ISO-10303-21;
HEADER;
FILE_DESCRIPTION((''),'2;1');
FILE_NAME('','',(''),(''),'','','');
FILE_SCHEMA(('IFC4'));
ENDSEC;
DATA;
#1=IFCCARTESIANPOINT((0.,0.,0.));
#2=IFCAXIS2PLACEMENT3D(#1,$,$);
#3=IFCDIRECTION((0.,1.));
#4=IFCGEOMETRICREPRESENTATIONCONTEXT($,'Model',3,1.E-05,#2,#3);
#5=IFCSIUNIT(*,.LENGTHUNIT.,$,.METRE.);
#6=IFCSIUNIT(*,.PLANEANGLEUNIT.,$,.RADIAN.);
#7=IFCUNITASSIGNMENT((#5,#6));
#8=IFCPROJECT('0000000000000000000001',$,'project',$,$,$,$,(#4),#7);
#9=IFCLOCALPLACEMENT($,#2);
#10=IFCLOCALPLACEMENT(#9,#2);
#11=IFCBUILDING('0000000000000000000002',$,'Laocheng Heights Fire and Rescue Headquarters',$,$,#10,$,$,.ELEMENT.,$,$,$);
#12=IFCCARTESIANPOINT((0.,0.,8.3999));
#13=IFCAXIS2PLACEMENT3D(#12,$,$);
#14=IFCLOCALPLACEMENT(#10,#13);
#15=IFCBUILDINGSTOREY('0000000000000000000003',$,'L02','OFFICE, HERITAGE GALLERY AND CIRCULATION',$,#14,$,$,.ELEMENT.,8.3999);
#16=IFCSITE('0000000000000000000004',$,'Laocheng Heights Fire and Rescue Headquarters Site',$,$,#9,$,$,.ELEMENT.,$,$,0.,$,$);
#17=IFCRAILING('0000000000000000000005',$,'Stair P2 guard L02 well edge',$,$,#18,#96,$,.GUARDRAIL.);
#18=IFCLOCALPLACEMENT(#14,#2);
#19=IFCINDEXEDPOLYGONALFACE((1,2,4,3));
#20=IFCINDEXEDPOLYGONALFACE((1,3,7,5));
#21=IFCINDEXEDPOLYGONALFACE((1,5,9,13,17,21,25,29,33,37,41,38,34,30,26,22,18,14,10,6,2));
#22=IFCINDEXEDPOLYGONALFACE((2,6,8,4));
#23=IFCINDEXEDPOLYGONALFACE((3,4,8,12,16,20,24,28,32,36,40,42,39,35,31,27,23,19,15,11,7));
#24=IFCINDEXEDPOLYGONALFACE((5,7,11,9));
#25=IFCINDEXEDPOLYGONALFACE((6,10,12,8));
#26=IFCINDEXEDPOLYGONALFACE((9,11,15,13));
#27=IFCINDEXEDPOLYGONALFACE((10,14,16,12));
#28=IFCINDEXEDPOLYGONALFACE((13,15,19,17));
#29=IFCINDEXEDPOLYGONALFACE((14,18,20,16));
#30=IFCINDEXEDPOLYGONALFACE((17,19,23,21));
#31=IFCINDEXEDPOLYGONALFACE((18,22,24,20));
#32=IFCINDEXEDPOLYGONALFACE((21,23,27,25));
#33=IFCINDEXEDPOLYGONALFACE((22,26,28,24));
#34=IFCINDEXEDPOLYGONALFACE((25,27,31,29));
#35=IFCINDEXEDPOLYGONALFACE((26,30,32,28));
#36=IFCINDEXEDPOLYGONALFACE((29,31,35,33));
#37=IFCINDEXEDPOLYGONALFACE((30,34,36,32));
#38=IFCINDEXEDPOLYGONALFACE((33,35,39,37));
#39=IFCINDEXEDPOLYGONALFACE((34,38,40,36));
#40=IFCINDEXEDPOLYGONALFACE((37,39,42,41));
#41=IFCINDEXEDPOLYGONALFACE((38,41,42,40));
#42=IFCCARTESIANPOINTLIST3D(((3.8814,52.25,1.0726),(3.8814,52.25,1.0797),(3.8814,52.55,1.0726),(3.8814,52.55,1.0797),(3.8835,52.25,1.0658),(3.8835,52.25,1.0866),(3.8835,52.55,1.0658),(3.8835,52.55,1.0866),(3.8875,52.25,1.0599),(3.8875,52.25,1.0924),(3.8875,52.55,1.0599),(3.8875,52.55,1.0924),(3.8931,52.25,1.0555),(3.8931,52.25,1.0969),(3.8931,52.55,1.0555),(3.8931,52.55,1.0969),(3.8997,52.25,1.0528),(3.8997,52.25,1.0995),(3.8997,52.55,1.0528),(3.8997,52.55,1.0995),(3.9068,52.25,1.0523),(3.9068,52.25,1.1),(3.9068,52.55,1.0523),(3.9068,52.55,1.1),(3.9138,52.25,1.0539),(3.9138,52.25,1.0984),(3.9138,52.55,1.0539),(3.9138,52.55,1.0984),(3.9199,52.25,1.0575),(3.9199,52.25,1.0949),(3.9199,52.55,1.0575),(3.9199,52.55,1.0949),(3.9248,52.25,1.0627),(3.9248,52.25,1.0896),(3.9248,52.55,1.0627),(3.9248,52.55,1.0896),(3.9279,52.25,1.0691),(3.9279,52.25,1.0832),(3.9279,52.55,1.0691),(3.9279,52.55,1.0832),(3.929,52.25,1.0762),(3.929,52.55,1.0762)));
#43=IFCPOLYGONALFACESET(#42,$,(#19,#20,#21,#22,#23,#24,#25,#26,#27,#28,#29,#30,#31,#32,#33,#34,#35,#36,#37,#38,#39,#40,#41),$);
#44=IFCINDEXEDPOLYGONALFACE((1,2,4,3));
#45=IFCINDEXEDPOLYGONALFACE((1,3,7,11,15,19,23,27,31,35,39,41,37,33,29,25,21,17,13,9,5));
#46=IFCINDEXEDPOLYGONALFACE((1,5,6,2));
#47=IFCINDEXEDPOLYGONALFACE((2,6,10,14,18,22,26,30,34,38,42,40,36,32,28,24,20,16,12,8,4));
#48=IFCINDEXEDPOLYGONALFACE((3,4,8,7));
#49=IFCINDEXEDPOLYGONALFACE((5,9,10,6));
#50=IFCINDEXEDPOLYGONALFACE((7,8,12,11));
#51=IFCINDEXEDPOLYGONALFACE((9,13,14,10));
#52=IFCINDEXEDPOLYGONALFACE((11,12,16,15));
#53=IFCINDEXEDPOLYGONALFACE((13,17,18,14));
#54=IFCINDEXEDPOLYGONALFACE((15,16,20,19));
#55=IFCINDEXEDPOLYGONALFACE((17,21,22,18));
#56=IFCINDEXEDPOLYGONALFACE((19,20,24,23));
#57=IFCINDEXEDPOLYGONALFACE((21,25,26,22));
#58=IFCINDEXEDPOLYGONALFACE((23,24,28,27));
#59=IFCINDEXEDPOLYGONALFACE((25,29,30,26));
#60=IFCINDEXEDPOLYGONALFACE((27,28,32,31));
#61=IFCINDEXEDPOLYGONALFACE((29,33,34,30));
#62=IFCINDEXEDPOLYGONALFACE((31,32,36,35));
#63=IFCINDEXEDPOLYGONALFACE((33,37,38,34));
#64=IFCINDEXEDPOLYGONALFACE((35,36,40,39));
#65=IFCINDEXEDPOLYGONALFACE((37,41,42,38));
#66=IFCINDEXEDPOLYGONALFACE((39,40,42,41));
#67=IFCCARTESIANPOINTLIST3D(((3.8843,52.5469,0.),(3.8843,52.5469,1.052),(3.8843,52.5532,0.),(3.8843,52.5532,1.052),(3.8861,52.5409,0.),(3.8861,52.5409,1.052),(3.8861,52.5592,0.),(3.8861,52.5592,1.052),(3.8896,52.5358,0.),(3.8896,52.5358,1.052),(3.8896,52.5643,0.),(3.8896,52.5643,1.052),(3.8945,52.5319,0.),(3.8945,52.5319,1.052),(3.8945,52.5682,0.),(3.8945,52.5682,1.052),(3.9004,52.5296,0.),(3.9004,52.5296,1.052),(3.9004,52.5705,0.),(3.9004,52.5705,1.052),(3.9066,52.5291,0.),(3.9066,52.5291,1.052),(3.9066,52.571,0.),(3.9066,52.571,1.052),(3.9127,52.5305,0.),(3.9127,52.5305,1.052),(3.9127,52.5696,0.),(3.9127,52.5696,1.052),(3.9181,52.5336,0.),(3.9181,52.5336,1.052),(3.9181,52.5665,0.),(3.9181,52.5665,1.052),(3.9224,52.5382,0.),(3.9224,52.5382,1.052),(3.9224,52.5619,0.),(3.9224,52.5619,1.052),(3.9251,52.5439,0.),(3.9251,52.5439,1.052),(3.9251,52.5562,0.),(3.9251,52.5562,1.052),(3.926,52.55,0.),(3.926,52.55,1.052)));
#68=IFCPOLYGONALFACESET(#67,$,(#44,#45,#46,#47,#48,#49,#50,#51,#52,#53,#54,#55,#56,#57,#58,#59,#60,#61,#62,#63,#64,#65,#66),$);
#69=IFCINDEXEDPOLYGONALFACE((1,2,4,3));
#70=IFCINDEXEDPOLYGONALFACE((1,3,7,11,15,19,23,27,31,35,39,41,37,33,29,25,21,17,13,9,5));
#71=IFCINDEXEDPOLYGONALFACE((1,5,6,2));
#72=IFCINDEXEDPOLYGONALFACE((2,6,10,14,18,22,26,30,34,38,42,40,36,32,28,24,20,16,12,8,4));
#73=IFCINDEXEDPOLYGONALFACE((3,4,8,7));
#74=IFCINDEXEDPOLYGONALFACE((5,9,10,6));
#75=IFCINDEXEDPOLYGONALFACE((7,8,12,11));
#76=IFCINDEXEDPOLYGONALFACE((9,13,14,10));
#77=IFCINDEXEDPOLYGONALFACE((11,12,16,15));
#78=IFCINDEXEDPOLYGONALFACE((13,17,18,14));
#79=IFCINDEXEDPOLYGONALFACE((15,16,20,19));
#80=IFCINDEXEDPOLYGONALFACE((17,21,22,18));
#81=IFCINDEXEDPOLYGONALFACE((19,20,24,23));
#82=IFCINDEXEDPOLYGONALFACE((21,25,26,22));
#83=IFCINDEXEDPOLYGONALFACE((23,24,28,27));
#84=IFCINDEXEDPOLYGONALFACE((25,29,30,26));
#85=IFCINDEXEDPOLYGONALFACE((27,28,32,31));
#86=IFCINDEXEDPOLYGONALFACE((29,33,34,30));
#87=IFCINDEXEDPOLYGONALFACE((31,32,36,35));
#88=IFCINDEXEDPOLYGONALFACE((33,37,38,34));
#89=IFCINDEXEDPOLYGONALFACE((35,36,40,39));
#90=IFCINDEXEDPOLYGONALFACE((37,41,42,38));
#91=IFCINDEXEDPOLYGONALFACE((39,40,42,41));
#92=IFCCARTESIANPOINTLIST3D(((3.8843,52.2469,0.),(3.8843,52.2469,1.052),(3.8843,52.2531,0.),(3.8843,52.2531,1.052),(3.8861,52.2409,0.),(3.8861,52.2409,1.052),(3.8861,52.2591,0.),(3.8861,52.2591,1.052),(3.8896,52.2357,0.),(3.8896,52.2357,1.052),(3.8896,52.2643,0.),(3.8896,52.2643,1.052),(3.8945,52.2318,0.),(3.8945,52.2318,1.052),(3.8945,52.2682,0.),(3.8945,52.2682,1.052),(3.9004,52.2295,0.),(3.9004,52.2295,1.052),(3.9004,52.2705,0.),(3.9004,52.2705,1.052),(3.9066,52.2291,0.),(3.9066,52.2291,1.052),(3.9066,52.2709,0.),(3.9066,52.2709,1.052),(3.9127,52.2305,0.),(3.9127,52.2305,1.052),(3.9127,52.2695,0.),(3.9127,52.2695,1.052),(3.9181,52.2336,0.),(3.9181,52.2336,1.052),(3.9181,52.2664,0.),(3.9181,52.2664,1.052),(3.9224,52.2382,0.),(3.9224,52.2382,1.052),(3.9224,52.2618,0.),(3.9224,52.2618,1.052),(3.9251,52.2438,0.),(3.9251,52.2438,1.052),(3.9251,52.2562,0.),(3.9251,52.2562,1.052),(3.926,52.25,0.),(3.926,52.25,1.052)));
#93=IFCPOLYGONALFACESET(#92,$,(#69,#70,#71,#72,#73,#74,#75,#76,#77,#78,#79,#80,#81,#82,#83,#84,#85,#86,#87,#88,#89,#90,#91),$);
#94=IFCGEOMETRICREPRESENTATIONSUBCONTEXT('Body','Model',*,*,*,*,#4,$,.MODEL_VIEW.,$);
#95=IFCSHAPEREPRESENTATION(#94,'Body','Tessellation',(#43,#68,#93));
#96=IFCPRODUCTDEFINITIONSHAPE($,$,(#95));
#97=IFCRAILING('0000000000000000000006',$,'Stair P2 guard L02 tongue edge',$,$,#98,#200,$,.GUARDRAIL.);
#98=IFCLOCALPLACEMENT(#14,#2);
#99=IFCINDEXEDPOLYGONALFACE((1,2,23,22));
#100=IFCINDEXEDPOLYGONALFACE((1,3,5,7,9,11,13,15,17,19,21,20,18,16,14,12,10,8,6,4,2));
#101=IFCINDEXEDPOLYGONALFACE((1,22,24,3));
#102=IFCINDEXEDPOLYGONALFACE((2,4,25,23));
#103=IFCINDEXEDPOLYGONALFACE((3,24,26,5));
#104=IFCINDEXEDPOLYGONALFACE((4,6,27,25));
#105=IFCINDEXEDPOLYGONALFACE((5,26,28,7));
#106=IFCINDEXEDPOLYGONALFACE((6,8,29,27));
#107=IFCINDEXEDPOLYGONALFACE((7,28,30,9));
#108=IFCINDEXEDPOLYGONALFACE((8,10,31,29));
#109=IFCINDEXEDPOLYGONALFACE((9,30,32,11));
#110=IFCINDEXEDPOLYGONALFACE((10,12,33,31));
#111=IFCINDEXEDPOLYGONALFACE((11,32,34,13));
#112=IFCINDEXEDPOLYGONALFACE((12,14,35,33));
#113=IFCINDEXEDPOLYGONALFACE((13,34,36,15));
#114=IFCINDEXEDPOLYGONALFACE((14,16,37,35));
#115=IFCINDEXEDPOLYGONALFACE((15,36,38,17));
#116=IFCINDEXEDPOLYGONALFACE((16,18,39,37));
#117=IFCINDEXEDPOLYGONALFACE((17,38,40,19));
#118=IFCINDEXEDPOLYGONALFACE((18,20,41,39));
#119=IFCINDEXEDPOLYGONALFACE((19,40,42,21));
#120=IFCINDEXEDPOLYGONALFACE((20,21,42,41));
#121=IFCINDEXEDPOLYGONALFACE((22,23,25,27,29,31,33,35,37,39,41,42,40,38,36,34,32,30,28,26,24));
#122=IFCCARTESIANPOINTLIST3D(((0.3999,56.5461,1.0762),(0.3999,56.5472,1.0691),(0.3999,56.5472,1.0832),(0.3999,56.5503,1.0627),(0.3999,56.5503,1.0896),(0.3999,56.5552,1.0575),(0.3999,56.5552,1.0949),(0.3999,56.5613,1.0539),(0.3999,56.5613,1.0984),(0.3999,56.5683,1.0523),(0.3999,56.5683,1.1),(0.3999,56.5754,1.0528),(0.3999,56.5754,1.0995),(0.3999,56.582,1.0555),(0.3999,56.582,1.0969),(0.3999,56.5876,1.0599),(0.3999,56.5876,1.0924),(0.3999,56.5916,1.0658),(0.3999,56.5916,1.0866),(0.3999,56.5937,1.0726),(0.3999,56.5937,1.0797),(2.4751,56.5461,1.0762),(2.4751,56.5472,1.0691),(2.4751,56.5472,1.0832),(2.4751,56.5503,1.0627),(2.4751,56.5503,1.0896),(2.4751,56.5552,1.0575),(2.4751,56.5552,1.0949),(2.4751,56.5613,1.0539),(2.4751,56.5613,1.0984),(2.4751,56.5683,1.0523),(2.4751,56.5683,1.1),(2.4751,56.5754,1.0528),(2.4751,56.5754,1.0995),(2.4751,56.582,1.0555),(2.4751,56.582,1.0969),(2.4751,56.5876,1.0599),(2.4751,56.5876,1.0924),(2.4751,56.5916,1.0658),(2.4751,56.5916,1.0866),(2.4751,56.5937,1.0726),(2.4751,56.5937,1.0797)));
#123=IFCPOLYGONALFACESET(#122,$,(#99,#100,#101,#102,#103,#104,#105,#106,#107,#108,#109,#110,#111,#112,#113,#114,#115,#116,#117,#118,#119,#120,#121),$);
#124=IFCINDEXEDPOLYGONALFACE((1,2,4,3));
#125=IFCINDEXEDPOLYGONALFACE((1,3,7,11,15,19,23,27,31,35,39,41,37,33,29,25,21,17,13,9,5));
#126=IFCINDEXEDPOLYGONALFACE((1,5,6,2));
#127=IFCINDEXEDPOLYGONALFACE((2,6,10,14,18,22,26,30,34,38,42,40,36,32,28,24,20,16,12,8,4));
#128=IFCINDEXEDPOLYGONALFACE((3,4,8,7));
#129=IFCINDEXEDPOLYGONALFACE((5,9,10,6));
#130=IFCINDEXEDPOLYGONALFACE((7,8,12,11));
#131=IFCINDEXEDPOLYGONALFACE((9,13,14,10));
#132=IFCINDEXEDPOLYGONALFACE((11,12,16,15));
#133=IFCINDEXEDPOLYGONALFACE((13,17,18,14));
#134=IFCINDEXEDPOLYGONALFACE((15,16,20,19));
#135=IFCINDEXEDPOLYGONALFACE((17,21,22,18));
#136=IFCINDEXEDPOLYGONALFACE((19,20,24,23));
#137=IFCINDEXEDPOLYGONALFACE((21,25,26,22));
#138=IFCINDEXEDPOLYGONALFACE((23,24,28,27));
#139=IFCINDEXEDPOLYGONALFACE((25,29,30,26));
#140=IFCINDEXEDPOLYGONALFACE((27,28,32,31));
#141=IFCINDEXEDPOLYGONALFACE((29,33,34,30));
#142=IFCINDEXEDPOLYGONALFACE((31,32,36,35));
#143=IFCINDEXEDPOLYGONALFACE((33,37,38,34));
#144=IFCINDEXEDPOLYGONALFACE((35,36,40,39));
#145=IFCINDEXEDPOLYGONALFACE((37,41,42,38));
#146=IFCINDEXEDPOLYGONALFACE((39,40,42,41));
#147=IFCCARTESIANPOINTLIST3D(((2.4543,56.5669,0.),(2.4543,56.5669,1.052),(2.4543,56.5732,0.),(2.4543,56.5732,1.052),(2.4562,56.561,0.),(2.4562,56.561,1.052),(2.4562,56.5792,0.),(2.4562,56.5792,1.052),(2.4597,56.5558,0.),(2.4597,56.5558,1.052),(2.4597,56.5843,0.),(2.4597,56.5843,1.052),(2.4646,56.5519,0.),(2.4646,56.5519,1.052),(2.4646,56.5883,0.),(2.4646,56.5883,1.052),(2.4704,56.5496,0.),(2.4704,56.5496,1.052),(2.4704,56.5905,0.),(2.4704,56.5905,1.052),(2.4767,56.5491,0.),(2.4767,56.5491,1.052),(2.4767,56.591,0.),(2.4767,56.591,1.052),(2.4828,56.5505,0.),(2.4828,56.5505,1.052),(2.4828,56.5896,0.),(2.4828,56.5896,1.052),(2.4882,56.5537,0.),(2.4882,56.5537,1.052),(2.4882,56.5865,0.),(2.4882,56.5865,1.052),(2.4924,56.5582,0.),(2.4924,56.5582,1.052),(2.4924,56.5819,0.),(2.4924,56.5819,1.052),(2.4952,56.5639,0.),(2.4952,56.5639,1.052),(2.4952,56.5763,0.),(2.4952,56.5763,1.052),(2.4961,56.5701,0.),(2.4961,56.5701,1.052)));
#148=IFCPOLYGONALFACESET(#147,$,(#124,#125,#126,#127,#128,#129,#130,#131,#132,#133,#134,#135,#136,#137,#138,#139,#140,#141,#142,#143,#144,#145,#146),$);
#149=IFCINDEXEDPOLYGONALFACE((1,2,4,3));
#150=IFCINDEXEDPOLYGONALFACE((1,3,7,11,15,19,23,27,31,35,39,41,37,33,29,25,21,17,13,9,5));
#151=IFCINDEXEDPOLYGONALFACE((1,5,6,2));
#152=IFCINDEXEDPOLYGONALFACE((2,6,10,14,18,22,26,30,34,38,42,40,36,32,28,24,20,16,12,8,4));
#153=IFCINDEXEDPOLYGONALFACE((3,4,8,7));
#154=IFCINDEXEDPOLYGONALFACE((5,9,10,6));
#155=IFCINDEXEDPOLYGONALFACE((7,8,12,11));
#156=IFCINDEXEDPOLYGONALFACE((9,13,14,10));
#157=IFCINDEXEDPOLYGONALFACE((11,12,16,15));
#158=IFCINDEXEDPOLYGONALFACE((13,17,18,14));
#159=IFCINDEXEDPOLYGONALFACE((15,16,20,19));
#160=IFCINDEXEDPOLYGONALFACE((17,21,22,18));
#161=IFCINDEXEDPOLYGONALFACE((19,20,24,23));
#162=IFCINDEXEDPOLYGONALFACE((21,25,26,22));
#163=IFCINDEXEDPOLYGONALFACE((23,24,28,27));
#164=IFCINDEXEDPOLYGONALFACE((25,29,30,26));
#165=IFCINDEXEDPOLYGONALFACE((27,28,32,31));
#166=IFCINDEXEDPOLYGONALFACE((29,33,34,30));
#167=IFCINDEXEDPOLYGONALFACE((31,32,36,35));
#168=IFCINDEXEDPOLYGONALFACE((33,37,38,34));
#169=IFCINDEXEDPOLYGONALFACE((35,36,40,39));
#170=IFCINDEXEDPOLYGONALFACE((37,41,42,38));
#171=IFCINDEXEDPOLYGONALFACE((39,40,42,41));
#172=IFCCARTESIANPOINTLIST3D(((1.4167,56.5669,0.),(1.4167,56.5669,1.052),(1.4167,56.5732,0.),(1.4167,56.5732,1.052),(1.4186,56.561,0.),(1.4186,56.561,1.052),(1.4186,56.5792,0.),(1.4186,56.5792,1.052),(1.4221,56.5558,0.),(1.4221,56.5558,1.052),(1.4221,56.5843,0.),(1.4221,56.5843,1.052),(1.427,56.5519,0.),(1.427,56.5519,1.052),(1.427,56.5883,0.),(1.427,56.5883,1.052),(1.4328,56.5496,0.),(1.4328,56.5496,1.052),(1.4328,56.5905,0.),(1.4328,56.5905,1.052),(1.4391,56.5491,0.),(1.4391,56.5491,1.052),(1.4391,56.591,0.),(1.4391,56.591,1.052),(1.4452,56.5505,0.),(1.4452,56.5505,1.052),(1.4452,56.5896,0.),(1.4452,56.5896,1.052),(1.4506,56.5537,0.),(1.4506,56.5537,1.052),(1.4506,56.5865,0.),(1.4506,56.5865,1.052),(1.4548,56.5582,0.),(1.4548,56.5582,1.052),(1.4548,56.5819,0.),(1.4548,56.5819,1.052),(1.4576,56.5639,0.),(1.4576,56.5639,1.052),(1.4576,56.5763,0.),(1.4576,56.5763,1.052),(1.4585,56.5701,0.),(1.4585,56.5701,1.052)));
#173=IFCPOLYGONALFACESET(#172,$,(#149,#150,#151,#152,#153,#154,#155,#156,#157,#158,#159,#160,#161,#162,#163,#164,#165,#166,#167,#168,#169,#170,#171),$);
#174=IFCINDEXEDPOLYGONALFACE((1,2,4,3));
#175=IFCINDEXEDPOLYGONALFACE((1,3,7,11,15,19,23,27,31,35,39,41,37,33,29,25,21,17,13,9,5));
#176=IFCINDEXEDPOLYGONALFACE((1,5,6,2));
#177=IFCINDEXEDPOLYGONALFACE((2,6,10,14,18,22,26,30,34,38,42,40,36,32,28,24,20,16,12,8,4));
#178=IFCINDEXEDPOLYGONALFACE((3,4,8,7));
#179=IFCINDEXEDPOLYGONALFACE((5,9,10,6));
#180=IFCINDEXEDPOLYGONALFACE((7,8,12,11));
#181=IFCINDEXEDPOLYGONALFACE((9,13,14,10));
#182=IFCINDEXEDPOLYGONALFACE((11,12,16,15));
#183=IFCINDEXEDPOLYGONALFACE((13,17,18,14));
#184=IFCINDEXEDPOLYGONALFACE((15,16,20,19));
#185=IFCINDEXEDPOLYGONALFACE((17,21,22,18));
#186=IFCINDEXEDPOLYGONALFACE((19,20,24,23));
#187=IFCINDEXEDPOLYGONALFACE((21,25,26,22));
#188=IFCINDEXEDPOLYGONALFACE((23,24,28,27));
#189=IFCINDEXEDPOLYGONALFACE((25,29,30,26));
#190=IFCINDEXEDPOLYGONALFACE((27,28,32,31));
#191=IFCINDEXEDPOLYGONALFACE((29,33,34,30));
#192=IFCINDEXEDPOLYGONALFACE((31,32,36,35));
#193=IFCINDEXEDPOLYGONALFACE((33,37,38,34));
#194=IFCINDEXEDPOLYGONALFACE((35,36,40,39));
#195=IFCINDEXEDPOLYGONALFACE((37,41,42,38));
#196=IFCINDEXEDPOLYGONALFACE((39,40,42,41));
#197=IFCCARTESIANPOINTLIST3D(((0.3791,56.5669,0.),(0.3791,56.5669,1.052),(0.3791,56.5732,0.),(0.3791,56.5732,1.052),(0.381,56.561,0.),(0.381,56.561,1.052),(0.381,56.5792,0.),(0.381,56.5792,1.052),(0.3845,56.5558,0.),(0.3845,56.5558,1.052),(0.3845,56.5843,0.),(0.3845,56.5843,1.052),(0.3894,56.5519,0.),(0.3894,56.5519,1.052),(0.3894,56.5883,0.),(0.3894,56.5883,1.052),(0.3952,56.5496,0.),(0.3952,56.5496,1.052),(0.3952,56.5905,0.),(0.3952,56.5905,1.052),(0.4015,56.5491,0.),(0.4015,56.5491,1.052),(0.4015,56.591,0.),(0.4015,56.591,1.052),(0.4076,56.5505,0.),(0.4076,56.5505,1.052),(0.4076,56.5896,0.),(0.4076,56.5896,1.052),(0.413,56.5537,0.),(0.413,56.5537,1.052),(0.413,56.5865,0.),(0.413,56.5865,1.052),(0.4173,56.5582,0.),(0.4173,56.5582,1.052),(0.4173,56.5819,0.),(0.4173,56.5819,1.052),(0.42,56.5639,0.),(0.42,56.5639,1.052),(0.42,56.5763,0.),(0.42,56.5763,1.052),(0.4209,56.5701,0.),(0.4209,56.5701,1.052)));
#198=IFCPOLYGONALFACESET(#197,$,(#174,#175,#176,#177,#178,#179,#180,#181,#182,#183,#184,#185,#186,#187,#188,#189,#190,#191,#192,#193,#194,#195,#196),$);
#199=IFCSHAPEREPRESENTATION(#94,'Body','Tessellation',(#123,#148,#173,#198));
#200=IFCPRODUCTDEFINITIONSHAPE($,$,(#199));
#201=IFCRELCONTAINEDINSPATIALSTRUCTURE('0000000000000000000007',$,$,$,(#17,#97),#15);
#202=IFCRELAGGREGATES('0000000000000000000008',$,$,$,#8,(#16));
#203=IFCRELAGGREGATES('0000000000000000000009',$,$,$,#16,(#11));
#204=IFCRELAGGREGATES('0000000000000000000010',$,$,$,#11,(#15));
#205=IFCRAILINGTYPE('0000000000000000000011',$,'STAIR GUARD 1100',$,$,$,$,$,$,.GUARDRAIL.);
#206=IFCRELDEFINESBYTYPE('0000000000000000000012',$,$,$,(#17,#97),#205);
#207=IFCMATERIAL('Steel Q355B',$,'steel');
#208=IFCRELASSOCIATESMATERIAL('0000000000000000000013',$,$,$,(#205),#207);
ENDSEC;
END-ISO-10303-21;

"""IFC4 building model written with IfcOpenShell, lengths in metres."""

from ifc_helpers import new_model, si_unit, direction, frame, origin, origin_2d, place, context, subcontext, project, spatial, circle, extrude, material, type_object, element, save


model = new_model("IFC4")

# Units and contexts
model_context = context("Model", 3, precision=1e-05, world=origin(), true_north=direction((0.0, 1.0)))
body_context = subcontext(model_context, "Body", "Model", "MODEL_VIEW")
ifc_project = project(units=[si_unit("LENGTHUNIT", "METRE"), si_unit("PLANEANGLEUNIT", "RADIAN")], contexts=[model_context])

# Site, building, storey
site_placement = place(None, origin())
site = spatial("IfcSite", under=ifc_project, at=site_placement, Name="Laocheng Heights Fire and Rescue Headquarters Site", CompositionType="ELEMENT", RefElevation=0.0)
building_placement = place(site_placement, origin())
building = spatial("IfcBuilding", under=site, at=building_placement, Name="Laocheng Heights Fire and Rescue Headquarters", CompositionType="ELEMENT")
storey_placement = place(building_placement, frame((0.0, 0.0, 8.3999)))
storey = spatial("IfcBuildingStorey", under=building, at=storey_placement, Name="L02", Description="OFFICE, HERITAGE GALLERY AND CIRCULATION", CompositionType="ELEMENT", Elevation=8.3999)

# Railings
ifc_material_1 = material(Name="Steel Q355B", Category="steel")
railing_type_1 = type_object("IfcRailingType", Name="STAIR GUARD 1100", PredefinedType="GUARDRAIL", material=ifc_material_1)
railing_1_placement = place(storey_placement, frame((3.905, 52.55, 0.0)))
element("IfcRailing", 1, at=railing_1_placement, inside=storey, type_object=railing_type_1, Name="Stair P2 guard L02 well edge", PredefinedType="GUARDRAIL", context=body_context, shape_type="SweptSolid", body=[
    extrude(circle(Radius=0.0239, at=origin_2d()), frame((0.0, 0.0, 1.0762), z_axis=(0.0, -1.0, 0.0), x_axis=(1.0, 0.0, 0.0)), (0.0, 0.0, 1.0), 0.3),
    extrude(circle(Radius=0.021, at=origin_2d()), origin(), (0.0, 0.0, 1.0), 1.052),
    extrude(circle(Radius=0.021, at=origin_2d()), frame((0.0, -0.3, 0.0)), (0.0, 0.0, 1.0), 1.052),
])
railing_2_placement = place(storey_placement, frame((2.4751, 56.5701, 0.0)))
element("IfcRailing", 2, at=railing_2_placement, inside=storey, type_object=railing_type_1, Name="Stair P2 guard L02 tongue edge", PredefinedType="GUARDRAIL", context=body_context, shape_type="SweptSolid", body=[
    extrude(circle(Radius=0.0239, at=origin_2d()), frame((0.0, 0.0, 1.0762), z_axis=(-1.0, 0.0, 0.0), x_axis=(0.0, -1.0, 0.0)), (0.0, 0.0, 1.0), 2.0752),
    extrude(circle(Radius=0.021, at=origin_2d()), origin(), (0.0, 0.0, 1.0), 1.052),
    extrude(circle(Radius=0.021, at=origin_2d()), frame((-1.0376, 0.0, 0.0)), (0.0, 0.0, 1.0), 1.052),
    extrude(circle(Radius=0.021, at=origin_2d()), frame((-2.0752, 0.0, 0.0)), (0.0, 0.0, 1.0), 1.052),
])

save(model, "model.ifc")
